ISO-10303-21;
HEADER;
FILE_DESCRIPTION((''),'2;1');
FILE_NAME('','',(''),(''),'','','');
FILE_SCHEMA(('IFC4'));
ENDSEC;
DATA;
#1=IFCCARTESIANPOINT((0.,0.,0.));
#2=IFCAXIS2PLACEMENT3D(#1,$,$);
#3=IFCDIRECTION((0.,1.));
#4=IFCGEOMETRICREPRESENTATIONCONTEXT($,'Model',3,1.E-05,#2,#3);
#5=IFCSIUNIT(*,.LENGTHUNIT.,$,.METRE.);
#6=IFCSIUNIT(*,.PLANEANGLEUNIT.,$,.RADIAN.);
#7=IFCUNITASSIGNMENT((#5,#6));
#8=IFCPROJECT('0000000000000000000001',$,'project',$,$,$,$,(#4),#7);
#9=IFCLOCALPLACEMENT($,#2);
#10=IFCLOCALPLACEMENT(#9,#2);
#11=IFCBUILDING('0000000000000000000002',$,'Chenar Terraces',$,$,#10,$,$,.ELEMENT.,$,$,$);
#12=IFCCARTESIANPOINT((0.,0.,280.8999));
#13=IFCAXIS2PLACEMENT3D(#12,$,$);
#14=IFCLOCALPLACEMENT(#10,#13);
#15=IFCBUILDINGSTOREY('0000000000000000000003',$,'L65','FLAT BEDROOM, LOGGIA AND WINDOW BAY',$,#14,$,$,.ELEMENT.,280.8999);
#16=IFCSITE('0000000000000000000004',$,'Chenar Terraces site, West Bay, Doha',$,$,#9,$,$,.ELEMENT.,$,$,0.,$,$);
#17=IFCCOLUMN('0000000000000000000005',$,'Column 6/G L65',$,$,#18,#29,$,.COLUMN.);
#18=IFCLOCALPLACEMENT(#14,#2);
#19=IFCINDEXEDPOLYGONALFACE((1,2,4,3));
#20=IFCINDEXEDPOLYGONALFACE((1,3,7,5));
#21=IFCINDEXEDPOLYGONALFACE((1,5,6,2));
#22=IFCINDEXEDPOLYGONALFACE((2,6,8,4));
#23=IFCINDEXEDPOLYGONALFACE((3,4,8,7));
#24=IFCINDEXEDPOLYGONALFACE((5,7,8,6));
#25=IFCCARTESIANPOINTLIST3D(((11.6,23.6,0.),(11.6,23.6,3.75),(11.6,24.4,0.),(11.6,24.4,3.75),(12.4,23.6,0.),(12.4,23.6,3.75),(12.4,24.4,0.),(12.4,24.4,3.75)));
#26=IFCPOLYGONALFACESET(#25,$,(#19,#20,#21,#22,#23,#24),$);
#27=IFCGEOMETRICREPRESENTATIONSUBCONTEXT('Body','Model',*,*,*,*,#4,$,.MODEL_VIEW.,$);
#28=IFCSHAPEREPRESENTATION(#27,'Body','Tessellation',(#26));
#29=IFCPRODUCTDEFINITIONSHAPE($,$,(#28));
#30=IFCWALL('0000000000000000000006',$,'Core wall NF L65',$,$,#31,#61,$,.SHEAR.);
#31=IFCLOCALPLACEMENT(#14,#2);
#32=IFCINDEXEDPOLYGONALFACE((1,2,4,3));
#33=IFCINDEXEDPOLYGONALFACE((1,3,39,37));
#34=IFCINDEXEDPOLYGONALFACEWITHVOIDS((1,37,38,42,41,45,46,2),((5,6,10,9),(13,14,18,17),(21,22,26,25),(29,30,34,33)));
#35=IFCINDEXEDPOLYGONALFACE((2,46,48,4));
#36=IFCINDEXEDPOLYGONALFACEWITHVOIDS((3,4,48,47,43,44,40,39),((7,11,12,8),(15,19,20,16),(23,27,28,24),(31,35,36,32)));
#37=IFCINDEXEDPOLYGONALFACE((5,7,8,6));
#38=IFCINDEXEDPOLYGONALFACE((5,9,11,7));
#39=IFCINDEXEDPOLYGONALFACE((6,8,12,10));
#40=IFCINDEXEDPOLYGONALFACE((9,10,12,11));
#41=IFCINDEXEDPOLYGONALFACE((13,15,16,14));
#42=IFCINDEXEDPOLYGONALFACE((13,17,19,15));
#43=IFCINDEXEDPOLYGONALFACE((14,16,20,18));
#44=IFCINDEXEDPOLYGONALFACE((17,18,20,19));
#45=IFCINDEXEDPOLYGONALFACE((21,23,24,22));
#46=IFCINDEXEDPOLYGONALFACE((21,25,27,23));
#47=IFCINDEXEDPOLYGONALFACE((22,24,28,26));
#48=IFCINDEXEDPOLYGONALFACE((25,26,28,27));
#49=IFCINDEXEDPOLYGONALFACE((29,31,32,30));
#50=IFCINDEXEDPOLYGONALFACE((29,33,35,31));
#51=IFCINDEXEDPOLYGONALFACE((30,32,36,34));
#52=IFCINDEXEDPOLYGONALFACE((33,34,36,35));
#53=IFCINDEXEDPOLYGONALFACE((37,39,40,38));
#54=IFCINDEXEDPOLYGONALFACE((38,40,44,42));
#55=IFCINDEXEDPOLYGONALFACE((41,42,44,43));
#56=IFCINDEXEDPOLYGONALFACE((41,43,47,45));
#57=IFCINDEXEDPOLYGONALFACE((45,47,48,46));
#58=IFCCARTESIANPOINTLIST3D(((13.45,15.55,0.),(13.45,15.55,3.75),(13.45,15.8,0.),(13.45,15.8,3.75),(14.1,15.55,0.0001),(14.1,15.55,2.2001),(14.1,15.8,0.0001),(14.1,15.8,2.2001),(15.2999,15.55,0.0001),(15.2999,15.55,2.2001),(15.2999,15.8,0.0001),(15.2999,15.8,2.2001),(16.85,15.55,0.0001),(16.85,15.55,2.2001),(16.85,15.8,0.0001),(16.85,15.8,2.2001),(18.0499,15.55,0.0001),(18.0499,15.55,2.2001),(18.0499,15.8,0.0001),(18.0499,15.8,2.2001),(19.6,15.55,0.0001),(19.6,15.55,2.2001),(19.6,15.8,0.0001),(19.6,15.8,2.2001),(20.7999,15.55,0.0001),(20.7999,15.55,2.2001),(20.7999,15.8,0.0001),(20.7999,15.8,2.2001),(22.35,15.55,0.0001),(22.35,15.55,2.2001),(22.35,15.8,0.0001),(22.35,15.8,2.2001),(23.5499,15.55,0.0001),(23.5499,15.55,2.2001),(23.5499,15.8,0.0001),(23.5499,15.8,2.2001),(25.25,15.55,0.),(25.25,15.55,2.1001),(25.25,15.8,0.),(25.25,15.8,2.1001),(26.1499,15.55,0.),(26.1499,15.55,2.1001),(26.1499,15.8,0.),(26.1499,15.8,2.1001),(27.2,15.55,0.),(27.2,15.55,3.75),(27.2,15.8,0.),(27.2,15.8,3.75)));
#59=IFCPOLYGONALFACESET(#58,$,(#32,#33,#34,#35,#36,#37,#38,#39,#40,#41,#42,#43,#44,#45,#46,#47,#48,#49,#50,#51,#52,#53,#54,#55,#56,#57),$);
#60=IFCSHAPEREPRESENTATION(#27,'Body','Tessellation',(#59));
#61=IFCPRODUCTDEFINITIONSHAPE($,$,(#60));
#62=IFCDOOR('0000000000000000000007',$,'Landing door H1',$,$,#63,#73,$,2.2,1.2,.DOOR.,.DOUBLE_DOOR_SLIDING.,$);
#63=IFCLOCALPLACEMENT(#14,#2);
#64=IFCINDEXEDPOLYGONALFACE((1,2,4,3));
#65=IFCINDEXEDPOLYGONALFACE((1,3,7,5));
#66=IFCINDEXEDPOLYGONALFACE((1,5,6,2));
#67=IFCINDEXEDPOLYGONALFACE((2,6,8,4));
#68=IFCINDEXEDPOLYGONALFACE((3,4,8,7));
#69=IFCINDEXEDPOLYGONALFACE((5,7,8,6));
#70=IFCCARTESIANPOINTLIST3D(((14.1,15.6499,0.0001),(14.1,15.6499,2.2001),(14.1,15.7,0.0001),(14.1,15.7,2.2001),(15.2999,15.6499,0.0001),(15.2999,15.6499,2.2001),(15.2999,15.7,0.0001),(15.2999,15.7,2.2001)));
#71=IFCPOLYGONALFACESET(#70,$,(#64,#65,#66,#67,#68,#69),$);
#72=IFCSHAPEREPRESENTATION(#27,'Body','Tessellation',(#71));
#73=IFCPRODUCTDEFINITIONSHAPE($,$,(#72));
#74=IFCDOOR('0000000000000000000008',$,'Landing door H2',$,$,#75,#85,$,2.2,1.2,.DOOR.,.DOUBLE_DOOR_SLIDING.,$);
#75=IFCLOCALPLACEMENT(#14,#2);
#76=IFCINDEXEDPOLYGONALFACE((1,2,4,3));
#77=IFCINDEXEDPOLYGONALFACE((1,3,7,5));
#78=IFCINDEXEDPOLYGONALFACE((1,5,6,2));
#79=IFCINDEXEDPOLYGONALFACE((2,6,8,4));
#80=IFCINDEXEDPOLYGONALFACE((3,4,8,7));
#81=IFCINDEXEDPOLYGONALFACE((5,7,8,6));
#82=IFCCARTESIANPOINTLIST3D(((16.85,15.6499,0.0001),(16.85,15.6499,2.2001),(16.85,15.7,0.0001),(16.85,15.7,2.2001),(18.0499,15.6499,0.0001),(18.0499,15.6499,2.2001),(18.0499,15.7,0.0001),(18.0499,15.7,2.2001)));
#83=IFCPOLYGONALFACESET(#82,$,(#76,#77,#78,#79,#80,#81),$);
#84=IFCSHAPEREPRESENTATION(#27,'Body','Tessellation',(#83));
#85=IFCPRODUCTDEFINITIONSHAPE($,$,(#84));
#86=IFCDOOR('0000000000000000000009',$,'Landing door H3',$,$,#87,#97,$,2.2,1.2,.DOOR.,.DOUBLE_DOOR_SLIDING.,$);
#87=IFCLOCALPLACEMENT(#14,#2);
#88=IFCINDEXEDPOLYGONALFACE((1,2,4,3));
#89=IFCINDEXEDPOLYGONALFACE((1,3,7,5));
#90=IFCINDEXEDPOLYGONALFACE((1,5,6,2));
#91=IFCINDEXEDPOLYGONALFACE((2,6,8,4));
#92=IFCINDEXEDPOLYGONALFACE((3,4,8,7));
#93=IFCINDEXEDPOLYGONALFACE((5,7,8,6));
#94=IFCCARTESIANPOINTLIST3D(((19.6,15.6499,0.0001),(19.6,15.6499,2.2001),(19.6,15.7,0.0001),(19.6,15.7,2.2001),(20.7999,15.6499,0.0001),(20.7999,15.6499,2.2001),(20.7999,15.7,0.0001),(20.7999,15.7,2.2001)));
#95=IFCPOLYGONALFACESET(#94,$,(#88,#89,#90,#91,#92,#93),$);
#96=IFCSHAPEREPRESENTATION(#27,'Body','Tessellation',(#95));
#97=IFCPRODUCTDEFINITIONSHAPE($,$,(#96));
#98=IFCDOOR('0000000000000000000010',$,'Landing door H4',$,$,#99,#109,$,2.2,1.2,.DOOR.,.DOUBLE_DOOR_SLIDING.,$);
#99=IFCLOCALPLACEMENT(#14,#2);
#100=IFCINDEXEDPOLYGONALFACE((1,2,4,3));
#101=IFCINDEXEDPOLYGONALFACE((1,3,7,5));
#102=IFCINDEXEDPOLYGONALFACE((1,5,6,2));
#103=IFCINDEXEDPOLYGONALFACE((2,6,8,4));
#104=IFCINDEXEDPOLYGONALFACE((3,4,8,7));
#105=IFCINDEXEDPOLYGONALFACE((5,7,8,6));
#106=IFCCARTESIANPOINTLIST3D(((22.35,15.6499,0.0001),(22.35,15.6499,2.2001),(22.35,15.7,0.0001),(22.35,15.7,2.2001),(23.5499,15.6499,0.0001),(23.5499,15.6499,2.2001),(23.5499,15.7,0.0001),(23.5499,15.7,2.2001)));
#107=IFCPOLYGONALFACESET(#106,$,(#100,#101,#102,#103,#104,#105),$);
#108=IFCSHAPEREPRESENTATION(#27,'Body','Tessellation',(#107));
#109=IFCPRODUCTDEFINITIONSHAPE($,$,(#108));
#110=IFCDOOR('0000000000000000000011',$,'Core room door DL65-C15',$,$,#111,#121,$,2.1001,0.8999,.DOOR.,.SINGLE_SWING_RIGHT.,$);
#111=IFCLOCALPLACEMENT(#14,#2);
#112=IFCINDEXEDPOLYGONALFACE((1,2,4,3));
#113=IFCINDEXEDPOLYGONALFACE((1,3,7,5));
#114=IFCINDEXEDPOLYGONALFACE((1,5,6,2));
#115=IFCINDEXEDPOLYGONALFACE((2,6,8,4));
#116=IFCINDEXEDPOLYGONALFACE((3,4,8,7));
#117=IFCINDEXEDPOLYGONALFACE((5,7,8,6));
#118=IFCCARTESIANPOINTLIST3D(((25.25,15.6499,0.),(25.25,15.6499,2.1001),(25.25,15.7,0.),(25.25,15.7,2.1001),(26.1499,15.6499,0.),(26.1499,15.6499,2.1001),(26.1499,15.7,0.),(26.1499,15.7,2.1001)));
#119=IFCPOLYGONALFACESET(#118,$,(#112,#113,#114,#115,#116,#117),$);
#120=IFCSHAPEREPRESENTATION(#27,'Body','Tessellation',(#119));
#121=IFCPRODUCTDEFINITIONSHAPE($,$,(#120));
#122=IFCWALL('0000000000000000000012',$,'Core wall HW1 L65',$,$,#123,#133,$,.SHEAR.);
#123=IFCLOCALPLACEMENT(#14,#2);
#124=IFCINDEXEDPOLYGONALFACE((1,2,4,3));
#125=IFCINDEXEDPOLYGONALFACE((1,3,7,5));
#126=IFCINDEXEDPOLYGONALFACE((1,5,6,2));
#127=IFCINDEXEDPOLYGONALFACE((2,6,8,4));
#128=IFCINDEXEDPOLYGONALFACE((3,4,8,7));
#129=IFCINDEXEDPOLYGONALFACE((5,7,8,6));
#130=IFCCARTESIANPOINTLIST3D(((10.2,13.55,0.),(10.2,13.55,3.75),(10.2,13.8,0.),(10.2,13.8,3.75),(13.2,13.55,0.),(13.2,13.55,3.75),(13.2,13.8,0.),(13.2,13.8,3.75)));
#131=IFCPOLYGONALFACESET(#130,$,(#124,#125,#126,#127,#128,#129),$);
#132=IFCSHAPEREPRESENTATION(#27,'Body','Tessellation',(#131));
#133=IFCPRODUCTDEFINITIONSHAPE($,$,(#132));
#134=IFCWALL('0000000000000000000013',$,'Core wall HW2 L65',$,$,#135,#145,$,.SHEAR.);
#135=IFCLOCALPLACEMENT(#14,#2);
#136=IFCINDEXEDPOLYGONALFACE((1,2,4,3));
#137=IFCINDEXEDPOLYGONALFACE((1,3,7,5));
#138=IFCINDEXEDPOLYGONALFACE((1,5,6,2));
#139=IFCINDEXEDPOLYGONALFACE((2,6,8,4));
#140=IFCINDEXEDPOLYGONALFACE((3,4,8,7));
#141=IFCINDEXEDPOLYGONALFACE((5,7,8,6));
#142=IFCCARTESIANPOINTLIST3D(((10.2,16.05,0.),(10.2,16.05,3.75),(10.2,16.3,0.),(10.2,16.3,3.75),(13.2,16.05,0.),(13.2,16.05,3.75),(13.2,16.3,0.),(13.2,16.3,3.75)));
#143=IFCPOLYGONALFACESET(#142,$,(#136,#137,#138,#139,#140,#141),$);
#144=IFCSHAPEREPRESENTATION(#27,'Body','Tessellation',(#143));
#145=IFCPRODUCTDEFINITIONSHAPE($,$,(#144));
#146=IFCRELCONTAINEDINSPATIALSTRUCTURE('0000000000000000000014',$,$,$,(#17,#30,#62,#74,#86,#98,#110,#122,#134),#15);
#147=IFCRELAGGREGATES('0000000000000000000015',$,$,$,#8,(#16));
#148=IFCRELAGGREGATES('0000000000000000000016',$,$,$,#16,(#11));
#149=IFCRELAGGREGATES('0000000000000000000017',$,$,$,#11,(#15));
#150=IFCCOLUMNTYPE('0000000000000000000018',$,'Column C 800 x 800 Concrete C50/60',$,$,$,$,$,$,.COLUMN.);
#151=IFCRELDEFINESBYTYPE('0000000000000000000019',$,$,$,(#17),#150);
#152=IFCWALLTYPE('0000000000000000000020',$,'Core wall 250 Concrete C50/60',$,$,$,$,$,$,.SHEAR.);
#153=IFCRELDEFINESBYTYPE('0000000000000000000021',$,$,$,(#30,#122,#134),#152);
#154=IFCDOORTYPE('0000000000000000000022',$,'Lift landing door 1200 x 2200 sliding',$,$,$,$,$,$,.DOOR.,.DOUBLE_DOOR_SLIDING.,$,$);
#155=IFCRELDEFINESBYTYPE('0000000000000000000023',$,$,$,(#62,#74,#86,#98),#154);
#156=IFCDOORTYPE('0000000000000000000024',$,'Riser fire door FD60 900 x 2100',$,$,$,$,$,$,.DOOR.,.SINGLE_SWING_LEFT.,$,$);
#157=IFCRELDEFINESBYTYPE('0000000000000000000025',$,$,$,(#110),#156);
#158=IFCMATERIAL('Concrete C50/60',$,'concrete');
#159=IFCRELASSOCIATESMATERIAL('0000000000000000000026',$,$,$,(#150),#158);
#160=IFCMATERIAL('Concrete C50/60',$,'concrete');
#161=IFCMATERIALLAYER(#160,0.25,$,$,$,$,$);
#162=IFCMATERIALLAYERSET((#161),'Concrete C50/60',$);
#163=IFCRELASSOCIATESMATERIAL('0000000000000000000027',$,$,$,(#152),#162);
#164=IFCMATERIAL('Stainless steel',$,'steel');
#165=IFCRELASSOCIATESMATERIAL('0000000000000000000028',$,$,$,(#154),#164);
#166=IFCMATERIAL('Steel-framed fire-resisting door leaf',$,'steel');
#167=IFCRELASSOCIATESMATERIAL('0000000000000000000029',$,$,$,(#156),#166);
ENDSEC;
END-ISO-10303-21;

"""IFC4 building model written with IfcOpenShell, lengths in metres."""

from ifc_helpers import new_model, si_unit, direction, frame, frame_2d, origin, origin_2d, place, context, subcontext, project, spatial, rectangle, extrude, material, layer, layer_set, material_profile, profile_set, type_object, element, fill, save


model = new_model("IFC4")

# Units and contexts
model_context = context("Model", 3, precision=1e-05, world=origin(), true_north=direction((0.0, 1.0)))
body_context = subcontext(model_context, "Body", "Model", "MODEL_VIEW")
ifc_project = project(units=[si_unit("LENGTHUNIT", "METRE"), si_unit("PLANEANGLEUNIT", "RADIAN")], contexts=[model_context])

# Site, building, storey
site_placement = place(None, origin())
site = spatial("IfcSite", under=ifc_project, at=site_placement, Name="Chenar Terraces site, West Bay, Doha", CompositionType="ELEMENT", RefElevation=0.0)
building_placement = place(site_placement, origin())
building = spatial("IfcBuilding", under=site, at=building_placement, Name="Chenar Terraces", CompositionType="ELEMENT")
storey_placement = place(building_placement, frame((0.0, 0.0, 280.8999)))
storey = spatial("IfcBuildingStorey", under=building, at=storey_placement, Name="L65", Description="FLAT BEDROOM, LOGGIA AND WINDOW BAY", CompositionType="ELEMENT", Elevation=280.8999)

# Column
ifc_material_1 = material(Name="Concrete C50/60", Category="concrete")
ifc_material_profile = material_profile(ifc_material_1, rectangle(XDim=0.8, YDim=0.8, at=origin_2d()), Name="C 800 x 800")
ifc_profile_set = profile_set([ifc_material_profile], Name="Concrete C50/60")
column_type = type_object("IfcColumnType", Name="Column C 800 x 800 Concrete C50/60", PredefinedType="COLUMN", material=ifc_profile_set)
column_placement = place(storey_placement, frame((12.0, 24.0, 0.0), z_axis=(0.0, 0.0, 1.0), x_axis=(1.0, 0.0, 0.0)))
element("IfcColumn", 1, at=column_placement, inside=storey, type_object=column_type, Name="Column 6/G L65", PredefinedType="COLUMN", context=body_context, shape_type="SweptSolid", body=[
    extrude(rectangle(XDim=0.8, YDim=0.8, at=origin_2d()), origin(), (0.0, 0.0, 1.0), 3.75),
])

# Wall, openings, doors
ifc_material_2 = material(Name="Concrete C50/60", Category="concrete")
ifc_layer_1 = layer(ifc_material_2, 0.25)
ifc_layer_set_1 = layer_set([ifc_layer_1], Name="Concrete C50/60")
wall_type_1 = type_object("IfcWallType", Name="Core wall 250 Concrete C50/60", PredefinedType="SHEAR", material=ifc_layer_set_1)
wall_1_placement = place(storey_placement, frame((13.45, 15.675, 0.0), z_axis=(0.0, 0.0, 1.0), x_axis=(1.0, 0.0, 0.0)))
wall_1 = element("IfcWall", 2, at=wall_1_placement, inside=storey, type_object=wall_type_1, Name="Core wall NF L65", PredefinedType="SHEAR", context=body_context, shape_type="SweptSolid", body=[
    extrude(rectangle(XDim=13.75, YDim=0.25, at=frame_2d((6.875, 0.0))), origin(), (0.0, 0.0, 1.0), 3.75),
])
opening_1_placement = place(wall_1_placement, frame((0.6499, 0.0, 0.0)))
opening_1 = element("IfcOpeningElement", 3, at=opening_1_placement, cuts=wall_1, PredefinedType="OPENING", context=body_context, shape_type="SweptSolid", body=[
    extrude(rectangle(XDim=1.2, YDim=2.2, at=frame_2d((0.6001, 1.1001))), frame((0.0, 0.135, 0.0), z_axis=(0.0, -1.0, 0.0), x_axis=(1.0, 0.0, 0.0)), (0.0, 0.0, 1.0), 0.27),
])
opening_2_placement = place(wall_1_placement, frame((3.3999, 0.0, 0.0)))
opening_2 = element("IfcOpeningElement", 4, at=opening_2_placement, cuts=wall_1, PredefinedType="OPENING", context=body_context, shape_type="SweptSolid", body=[
    extrude(rectangle(XDim=1.2, YDim=2.2, at=frame_2d((0.6001, 1.1001))), frame((0.0, 0.135, 0.0), z_axis=(0.0, -1.0, 0.0), x_axis=(1.0, 0.0, 0.0)), (0.0, 0.0, 1.0), 0.27),
])
opening_3_placement = place(wall_1_placement, frame((6.1499, 0.0, 0.0)))
opening_3 = element("IfcOpeningElement", 5, at=opening_3_placement, cuts=wall_1, PredefinedType="OPENING", context=body_context, shape_type="SweptSolid", body=[
    extrude(rectangle(XDim=1.2, YDim=2.2, at=frame_2d((0.6001, 1.1001))), frame((0.0, 0.135, 0.0), z_axis=(0.0, -1.0, 0.0), x_axis=(1.0, 0.0, 0.0)), (0.0, 0.0, 1.0), 0.27),
])
opening_4_placement = place(wall_1_placement, frame((8.8999, 0.0, 0.0)))
opening_4 = element("IfcOpeningElement", 6, at=opening_4_placement, cuts=wall_1, PredefinedType="OPENING", context=body_context, shape_type="SweptSolid", body=[
    extrude(rectangle(XDim=1.2, YDim=2.2, at=frame_2d((0.6001, 1.1001))), frame((0.0, 0.135, 0.0), z_axis=(0.0, -1.0, 0.0), x_axis=(1.0, 0.0, 0.0)), (0.0, 0.0, 1.0), 0.27),
])
opening_5_placement = place(wall_1_placement, frame((11.8, 0.0, 0.0)))
opening_5 = element("IfcOpeningElement", 7, at=opening_5_placement, cuts=wall_1, PredefinedType="OPENING", context=body_context, shape_type="SweptSolid", body=[
    extrude(rectangle(XDim=0.8999, YDim=2.1001, at=frame_2d((0.45, 1.05))), frame((0.0, 0.135, 0.0), z_axis=(0.0, -1.0, 0.0), x_axis=(1.0, 0.0, 0.0)), (0.0, 0.0, 1.0), 0.27),
])
ifc_material_3 = material(Name="Stainless steel", Category="steel")
door_type_1 = type_object("IfcDoorType", Name="Lift landing door 1200 x 2200 sliding", OperationType="DOUBLE_DOOR_SLIDING", PredefinedType="DOOR", material=ifc_material_3)
door_1_placement = place(opening_1_placement, origin())
door_1 = element("IfcDoor", 8, at=door_1_placement, inside=storey, type_object=door_type_1, Name="Landing door H1", OperationType="DOUBLE_DOOR_SLIDING", OverallHeight=2.2, OverallWidth=1.2, PredefinedType="DOOR", context=body_context, shape_type="SweptSolid", body=[
    extrude(rectangle(XDim=1.2, YDim=2.2, at=frame_2d((0.6001, 1.1001))), frame((0.0, 0.0249, 0.0), z_axis=(0.0, -1.0, 0.0), x_axis=(1.0, 0.0, 0.0)), (0.0, 0.0, 1.0), 0.05),
])
fill(opening_1, door_1)
door_2_placement = place(opening_2_placement, origin())
door_2 = element("IfcDoor", 9, at=door_2_placement, inside=storey, type_object=door_type_1, Name="Landing door H2", OperationType="DOUBLE_DOOR_SLIDING", OverallHeight=2.2, OverallWidth=1.2, PredefinedType="DOOR", context=body_context, shape_type="SweptSolid", body=[
    extrude(rectangle(XDim=1.2, YDim=2.2, at=frame_2d((0.6001, 1.1001))), frame((0.0, 0.0249, 0.0), z_axis=(0.0, -1.0, 0.0), x_axis=(1.0, 0.0, 0.0)), (0.0, 0.0, 1.0), 0.05),
])
fill(opening_2, door_2)
door_3_placement = place(opening_3_placement, origin())
door_3 = element("IfcDoor", 10, at=door_3_placement, inside=storey, type_object=door_type_1, Name="Landing door H3", OperationType="DOUBLE_DOOR_SLIDING", OverallHeight=2.2, OverallWidth=1.2, PredefinedType="DOOR", context=body_context, shape_type="SweptSolid", body=[
    extrude(rectangle(XDim=1.2, YDim=2.2, at=frame_2d((0.6001, 1.1001))), frame((0.0, 0.0249, 0.0), z_axis=(0.0, -1.0, 0.0), x_axis=(1.0, 0.0, 0.0)), (0.0, 0.0, 1.0), 0.05),
])
fill(opening_3, door_3)
door_4_placement = place(opening_4_placement, origin())
door_4 = element("IfcDoor", 11, at=door_4_placement, inside=storey, type_object=door_type_1, Name="Landing door H4", OperationType="DOUBLE_DOOR_SLIDING", OverallHeight=2.2, OverallWidth=1.2, PredefinedType="DOOR", context=body_context, shape_type="SweptSolid", body=[
    extrude(rectangle(XDim=1.2, YDim=2.2, at=frame_2d((0.6001, 1.1001))), frame((0.0, 0.0249, 0.0), z_axis=(0.0, -1.0, 0.0), x_axis=(1.0, 0.0, 0.0)), (0.0, 0.0, 1.0), 0.05),
])
fill(opening_4, door_4)
ifc_material_4 = material(Name="Steel-framed fire-resisting door leaf", Category="steel")
door_type_2 = type_object("IfcDoorType", Name="Riser fire door FD60 900 x 2100", OperationType="SINGLE_SWING_LEFT", PredefinedType="DOOR", material=ifc_material_4)
door_5_placement = place(opening_5_placement, origin())
door_5 = element("IfcDoor", 12, at=door_5_placement, inside=storey, type_object=door_type_2, Name="Core room door DL65-C15", OperationType="SINGLE_SWING_RIGHT", OverallHeight=2.1001, OverallWidth=0.8999, PredefinedType="DOOR", context=body_context, shape_type="SweptSolid", body=[
    extrude(rectangle(XDim=0.8999, YDim=2.1001, at=frame_2d((0.45, 1.05))), frame((0.0, 0.0249, 0.0), z_axis=(0.0, -1.0, 0.0), x_axis=(1.0, 0.0, 0.0)), (0.0, 0.0, 1.0), 0.05),
])
fill(opening_5, door_5)

# Walls
for number, where, z_axis, x_axis, name in (
    (13, (10.2, 13.675, 0.0), (0.0, 0.0, 1.0), (1.0, 0.0, 0.0), "Core wall HW1 L65"),
    (14, (10.2, 16.175, 0.0), (0.0, 0.0, 1.0), (1.0, 0.0, 0.0), "Core wall HW2 L65"),
):
    element("IfcWall", number, at=place(storey_placement, frame(where, z_axis=z_axis, x_axis=x_axis)), inside=storey, type_object=wall_type_1, Name=name, PredefinedType="SHEAR", context=body_context, shape_type="SweptSolid", body=[
        extrude(rectangle(XDim=3.0, YDim=0.25, at=frame_2d((1.5, 0.0))), origin(), (0.0, 0.0, 1.0), 3.75),
    ])

save(model, "model.ifc")
